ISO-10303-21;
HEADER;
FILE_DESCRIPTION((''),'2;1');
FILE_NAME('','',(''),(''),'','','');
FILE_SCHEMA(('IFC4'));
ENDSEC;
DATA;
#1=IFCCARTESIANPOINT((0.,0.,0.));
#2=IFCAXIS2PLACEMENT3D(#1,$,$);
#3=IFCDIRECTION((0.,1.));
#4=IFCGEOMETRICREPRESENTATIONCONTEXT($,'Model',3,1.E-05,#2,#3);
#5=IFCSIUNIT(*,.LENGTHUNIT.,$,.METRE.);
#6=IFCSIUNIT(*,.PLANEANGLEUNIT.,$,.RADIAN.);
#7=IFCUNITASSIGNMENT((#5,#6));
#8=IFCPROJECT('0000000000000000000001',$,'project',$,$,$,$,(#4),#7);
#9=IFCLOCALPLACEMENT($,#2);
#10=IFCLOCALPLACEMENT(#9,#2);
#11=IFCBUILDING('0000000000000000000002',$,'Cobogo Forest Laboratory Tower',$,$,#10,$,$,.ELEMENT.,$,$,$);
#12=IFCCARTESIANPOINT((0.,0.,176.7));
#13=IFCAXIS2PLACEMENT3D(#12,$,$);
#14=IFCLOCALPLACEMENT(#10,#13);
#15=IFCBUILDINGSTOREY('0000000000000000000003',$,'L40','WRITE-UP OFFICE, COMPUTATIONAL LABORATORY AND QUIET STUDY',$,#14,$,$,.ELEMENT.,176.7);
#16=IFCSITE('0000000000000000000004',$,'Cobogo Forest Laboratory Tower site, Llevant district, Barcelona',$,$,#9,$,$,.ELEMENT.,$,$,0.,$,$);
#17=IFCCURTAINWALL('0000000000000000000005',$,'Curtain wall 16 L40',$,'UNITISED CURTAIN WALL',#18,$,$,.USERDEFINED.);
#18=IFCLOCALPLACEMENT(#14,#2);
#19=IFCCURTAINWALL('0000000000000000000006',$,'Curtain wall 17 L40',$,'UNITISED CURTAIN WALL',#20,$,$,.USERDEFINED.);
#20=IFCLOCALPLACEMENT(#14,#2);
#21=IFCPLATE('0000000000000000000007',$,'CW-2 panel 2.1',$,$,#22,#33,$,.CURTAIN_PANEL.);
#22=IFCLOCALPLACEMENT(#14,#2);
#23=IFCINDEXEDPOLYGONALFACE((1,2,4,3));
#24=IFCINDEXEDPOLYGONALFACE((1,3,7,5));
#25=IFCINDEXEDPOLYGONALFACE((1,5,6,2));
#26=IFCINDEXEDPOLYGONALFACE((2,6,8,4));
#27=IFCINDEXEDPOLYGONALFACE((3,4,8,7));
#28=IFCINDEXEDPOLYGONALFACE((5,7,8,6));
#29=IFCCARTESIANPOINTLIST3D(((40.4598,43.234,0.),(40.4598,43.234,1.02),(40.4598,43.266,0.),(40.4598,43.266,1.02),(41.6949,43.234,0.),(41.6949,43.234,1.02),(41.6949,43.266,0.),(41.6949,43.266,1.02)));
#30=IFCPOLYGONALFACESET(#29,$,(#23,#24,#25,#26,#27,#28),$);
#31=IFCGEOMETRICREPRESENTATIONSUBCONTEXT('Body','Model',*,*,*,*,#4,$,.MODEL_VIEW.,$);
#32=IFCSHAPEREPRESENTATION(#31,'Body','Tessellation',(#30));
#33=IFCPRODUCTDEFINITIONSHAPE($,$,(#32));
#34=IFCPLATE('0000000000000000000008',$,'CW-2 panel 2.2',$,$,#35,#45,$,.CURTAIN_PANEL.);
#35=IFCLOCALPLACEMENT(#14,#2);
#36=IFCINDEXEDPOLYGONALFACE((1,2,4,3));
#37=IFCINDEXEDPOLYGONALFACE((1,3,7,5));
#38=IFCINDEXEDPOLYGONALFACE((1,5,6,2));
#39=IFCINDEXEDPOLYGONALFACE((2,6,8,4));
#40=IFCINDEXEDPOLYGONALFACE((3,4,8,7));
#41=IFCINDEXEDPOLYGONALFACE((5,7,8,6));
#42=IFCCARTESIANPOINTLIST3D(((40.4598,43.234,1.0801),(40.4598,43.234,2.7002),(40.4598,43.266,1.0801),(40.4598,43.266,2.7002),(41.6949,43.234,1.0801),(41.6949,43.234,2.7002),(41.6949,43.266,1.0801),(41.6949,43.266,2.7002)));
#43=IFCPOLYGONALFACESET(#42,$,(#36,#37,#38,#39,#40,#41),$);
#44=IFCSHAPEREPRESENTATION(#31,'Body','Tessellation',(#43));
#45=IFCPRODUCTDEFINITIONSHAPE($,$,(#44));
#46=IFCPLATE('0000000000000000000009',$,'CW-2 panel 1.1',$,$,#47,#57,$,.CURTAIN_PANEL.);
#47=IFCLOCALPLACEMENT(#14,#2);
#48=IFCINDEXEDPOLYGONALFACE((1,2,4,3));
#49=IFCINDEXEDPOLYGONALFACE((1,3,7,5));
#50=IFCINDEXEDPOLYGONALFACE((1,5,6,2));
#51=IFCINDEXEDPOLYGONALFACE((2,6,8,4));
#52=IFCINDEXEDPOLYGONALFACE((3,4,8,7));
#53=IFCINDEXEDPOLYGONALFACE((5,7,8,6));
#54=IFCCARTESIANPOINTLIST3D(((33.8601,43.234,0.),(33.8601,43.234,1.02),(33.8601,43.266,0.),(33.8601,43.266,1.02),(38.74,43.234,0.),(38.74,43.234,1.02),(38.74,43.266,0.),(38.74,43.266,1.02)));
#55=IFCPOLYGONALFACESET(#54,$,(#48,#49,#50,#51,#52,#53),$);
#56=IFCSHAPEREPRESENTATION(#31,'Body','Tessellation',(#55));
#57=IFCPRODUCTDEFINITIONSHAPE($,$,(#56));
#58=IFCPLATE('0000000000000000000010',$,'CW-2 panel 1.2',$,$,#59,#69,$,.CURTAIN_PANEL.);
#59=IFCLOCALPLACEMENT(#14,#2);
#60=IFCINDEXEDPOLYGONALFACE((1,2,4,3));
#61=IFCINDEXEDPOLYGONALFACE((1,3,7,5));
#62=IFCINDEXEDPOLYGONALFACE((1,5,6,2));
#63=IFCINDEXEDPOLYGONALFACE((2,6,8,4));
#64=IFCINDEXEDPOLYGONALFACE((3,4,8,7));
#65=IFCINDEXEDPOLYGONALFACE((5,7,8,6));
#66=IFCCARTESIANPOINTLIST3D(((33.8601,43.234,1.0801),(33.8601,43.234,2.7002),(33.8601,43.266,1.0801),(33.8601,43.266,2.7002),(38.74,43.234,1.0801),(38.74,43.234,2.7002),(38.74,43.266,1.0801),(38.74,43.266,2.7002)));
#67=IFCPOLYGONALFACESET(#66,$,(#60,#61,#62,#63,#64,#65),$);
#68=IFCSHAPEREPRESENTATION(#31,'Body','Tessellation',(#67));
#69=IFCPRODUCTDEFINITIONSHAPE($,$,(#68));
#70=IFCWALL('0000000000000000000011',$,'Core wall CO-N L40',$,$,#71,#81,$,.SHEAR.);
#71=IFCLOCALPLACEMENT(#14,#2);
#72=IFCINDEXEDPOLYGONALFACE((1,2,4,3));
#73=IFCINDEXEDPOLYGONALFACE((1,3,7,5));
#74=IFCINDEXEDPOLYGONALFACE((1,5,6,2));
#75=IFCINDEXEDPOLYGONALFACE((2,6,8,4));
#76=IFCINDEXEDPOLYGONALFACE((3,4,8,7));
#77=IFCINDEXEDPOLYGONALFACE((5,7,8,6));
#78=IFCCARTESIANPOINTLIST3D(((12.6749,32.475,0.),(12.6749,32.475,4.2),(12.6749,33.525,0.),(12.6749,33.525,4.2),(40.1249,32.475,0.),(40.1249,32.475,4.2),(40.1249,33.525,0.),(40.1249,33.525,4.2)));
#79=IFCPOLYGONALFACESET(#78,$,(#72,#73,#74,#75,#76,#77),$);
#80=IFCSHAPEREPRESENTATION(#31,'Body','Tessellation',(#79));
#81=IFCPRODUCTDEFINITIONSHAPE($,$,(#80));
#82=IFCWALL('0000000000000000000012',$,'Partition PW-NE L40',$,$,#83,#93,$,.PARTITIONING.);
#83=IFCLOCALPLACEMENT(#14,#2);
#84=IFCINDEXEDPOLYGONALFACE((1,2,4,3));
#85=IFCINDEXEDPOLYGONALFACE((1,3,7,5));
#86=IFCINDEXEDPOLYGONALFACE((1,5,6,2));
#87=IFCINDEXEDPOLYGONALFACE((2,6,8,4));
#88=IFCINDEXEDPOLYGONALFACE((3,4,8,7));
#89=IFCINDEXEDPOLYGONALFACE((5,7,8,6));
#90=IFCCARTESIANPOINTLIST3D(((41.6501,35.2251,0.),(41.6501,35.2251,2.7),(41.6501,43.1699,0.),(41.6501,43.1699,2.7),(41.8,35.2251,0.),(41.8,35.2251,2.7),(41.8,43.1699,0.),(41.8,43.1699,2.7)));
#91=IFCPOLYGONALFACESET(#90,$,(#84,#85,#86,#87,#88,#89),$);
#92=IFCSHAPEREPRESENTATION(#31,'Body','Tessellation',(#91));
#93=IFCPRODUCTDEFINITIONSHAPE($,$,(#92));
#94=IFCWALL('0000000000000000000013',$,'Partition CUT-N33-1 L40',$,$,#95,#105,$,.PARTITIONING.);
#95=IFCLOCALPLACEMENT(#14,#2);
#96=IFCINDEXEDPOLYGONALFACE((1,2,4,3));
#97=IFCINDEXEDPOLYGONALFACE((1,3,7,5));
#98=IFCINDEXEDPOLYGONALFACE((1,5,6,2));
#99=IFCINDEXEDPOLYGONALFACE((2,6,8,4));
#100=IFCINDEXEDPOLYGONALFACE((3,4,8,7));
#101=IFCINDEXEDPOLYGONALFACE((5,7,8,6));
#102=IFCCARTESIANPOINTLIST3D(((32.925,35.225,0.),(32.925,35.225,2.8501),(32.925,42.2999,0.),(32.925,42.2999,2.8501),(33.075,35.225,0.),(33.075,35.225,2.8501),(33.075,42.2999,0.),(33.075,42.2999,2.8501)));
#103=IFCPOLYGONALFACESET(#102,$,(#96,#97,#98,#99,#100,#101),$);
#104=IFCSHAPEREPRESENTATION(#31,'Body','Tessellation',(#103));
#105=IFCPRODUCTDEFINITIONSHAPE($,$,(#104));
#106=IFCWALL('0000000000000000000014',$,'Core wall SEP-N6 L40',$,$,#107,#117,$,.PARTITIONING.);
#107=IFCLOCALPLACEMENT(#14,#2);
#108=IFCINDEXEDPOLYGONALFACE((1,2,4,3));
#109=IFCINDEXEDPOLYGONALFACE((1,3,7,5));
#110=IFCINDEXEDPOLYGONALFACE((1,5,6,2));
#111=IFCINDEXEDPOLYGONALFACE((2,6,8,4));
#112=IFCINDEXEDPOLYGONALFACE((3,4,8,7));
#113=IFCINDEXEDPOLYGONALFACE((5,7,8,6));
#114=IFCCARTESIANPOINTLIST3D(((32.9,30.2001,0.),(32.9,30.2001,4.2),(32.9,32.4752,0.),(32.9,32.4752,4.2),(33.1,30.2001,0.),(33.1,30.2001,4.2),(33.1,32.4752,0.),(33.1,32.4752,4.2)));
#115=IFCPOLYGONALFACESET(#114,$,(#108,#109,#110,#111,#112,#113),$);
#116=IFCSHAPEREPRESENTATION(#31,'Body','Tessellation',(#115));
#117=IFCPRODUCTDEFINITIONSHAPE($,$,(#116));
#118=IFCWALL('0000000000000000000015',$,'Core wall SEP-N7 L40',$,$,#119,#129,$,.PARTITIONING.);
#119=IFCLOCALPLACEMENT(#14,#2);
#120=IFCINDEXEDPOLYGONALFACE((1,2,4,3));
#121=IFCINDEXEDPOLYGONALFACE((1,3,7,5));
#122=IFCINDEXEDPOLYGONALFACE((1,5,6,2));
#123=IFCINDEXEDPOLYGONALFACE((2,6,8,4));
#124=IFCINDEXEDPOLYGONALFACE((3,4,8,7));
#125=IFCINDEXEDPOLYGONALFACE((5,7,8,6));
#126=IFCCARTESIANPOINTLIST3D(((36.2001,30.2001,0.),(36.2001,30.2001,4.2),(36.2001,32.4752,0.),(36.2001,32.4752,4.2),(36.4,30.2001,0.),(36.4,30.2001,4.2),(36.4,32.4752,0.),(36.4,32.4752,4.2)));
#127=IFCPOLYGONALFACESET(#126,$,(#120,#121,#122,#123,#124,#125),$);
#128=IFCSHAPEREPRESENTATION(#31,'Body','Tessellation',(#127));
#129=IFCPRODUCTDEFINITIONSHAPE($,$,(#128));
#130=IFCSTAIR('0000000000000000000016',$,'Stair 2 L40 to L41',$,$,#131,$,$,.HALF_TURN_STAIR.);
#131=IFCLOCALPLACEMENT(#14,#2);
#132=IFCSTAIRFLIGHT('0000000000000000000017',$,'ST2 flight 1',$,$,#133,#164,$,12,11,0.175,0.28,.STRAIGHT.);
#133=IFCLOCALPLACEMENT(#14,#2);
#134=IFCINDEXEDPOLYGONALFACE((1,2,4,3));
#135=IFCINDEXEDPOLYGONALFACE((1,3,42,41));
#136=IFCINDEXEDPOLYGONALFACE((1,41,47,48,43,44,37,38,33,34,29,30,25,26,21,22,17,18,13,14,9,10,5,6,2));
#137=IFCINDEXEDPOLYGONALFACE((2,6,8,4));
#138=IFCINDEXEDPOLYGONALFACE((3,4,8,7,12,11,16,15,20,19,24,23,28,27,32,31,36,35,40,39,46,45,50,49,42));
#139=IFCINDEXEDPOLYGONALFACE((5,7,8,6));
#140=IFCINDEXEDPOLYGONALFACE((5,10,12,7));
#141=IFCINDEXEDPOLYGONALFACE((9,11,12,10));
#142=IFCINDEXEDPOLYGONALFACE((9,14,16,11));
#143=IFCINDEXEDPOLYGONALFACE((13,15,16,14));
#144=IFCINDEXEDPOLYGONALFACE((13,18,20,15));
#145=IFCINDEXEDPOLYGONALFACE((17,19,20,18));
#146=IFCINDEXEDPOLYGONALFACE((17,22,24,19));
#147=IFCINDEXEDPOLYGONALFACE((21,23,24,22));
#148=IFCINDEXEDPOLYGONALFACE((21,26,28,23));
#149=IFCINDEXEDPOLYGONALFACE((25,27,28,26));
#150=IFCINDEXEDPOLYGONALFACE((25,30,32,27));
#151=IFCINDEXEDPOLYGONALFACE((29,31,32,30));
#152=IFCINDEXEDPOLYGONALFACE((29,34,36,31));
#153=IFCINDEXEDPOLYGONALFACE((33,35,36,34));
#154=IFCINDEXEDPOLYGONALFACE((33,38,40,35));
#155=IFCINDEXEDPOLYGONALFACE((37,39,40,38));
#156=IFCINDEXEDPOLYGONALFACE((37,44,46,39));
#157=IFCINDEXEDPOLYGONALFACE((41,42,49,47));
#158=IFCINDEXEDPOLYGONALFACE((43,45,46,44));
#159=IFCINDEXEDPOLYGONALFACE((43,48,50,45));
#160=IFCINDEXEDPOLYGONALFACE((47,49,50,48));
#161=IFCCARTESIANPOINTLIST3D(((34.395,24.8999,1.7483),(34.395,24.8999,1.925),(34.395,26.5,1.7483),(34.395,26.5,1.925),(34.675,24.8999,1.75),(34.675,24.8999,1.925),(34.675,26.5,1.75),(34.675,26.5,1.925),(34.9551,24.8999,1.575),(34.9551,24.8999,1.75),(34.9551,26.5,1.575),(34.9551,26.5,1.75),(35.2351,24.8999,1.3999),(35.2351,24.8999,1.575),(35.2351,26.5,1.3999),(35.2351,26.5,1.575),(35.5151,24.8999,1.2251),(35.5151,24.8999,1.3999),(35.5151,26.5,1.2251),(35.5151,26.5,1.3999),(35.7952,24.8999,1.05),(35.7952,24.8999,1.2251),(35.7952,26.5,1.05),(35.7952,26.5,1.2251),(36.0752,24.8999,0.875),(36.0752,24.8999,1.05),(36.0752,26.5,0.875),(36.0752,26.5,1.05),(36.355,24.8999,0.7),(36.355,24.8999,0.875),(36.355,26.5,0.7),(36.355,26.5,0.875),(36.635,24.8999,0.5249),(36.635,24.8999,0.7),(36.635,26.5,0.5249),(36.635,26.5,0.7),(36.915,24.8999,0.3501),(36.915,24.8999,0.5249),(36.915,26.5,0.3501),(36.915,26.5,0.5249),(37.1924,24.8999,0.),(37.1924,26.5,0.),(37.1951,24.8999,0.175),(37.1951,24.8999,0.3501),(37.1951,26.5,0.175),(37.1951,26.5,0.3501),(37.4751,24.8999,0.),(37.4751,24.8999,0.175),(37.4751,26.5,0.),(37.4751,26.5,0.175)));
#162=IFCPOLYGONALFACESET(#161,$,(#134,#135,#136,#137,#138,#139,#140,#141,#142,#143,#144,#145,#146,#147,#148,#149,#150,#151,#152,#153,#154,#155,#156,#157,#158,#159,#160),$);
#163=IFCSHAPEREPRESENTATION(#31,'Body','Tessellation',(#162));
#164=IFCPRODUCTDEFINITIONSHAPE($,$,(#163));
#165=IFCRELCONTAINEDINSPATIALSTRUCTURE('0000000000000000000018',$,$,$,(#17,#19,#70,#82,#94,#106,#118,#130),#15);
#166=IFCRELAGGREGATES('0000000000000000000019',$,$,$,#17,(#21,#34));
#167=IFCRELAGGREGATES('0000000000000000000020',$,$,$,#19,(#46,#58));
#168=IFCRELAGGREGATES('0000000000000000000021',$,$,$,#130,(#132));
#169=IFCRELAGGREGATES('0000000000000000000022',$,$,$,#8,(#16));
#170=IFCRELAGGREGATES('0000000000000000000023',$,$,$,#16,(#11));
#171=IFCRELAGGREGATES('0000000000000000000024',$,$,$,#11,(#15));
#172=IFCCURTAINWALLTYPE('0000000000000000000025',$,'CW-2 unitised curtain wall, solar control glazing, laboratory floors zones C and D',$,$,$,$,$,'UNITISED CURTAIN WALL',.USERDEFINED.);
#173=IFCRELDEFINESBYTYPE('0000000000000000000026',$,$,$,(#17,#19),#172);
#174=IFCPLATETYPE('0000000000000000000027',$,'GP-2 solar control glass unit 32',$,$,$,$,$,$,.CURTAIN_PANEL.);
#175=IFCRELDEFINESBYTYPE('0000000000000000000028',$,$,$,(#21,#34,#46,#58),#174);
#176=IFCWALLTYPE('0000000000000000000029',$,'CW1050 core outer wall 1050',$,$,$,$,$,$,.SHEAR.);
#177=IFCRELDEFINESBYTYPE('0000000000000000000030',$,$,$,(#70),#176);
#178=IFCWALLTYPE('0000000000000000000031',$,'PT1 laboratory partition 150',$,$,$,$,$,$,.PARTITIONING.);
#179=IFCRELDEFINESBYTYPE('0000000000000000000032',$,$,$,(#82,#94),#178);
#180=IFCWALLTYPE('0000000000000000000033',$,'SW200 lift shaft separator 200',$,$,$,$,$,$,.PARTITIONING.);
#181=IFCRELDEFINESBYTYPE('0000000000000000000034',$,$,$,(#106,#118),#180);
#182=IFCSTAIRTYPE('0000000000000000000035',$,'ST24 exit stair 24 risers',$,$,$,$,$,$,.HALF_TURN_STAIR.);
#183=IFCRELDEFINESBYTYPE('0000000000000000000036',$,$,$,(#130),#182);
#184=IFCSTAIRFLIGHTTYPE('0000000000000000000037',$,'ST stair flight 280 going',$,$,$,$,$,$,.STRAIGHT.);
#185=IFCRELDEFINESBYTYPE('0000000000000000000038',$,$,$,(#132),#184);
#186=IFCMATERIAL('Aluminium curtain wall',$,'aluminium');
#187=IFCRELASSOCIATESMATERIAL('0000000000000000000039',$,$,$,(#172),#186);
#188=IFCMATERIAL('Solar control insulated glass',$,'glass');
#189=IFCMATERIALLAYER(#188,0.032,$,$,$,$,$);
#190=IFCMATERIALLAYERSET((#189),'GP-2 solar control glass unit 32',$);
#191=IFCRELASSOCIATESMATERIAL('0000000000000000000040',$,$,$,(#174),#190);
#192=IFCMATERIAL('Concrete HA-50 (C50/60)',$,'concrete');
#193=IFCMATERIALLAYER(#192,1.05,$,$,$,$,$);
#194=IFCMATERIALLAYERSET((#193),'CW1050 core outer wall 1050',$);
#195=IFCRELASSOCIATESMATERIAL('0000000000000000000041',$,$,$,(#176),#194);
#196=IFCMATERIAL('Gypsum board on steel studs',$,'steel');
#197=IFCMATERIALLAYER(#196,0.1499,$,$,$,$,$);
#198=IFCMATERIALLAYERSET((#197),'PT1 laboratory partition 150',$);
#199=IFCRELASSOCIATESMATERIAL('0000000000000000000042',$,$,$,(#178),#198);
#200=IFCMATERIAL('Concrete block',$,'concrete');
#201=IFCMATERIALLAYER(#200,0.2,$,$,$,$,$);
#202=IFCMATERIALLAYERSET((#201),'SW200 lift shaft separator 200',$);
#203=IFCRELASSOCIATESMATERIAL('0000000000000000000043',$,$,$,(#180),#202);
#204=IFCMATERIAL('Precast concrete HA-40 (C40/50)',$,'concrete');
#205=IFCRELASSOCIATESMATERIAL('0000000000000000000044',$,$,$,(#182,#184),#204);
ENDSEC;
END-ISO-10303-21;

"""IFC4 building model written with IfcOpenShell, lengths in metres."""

from ifc_helpers import new_model, si_unit, direction, frame, frame_2d, origin, origin_2d, place, context, subcontext, project, spatial, polyline, rectangle, outline, extrude, material, layer, layer_set, type_object, element, aggregate, save


model = new_model("IFC4")

# Units and contexts
model_context = context("Model", 3, precision=1e-05, world=origin(), true_north=direction((0.0, 1.0)))
body_context = subcontext(model_context, "Body", "Model", "MODEL_VIEW")
ifc_project = project(units=[si_unit("LENGTHUNIT", "METRE"), si_unit("PLANEANGLEUNIT", "RADIAN")], contexts=[model_context])

# Site, building, storey
site_placement = place(None, origin())
site = spatial("IfcSite", under=ifc_project, at=site_placement, Name="Cobogo Forest Laboratory Tower site, Llevant district, Barcelona", CompositionType="ELEMENT", RefElevation=0.0)
building_placement = place(site_placement, origin())
building = spatial("IfcBuilding", under=site, at=building_placement, Name="Cobogo Forest Laboratory Tower", CompositionType="ELEMENT")
storey_placement = place(building_placement, frame((0.0, 0.0, 176.7)))
storey = spatial("IfcBuildingStorey", under=building, at=storey_placement, Name="L40", Description="WRITE-UP OFFICE, COMPUTATIONAL LABORATORY AND QUIET STUDY", CompositionType="ELEMENT", Elevation=176.7)

# Shared definitions
ifc_material_1 = material(Name="Concrete HA-50 (C50/60)", Category="concrete")

# Curtain wall
ifc_material_2 = material(Name="Aluminium curtain wall", Category="aluminium")
curtain_wall_type = type_object("IfcCurtainWallType", Name="CW-2 unitised curtain wall, solar control glazing, laboratory floors zones C and D", ElementType="UNITISED CURTAIN WALL", PredefinedType="USERDEFINED", material=ifc_material_2)
curtain_wall_1_placement = place(storey_placement, origin())
curtain_wall_1 = element("IfcCurtainWall", 1, at=curtain_wall_1_placement, inside=storey, type_object=curtain_wall_type, Name="Curtain wall 16 L40", ObjectType="UNITISED CURTAIN WALL", PredefinedType="USERDEFINED")

# Curtain wall
curtain_wall_2_placement = place(storey_placement, origin())
curtain_wall_2 = element("IfcCurtainWall", 2, at=curtain_wall_2_placement, inside=storey, type_object=curtain_wall_type, Name="Curtain wall 17 L40", ObjectType="UNITISED CURTAIN WALL", PredefinedType="USERDEFINED")

# Plates
ifc_material_3 = material(Name="Solar control insulated glass", Category="glass")
ifc_layer_1 = layer(ifc_material_3, 0.032)
ifc_layer_set_1 = layer_set([ifc_layer_1], Name="GP-2 solar control glass unit 32")
plate_type_1 = type_object("IfcPlateType", Name="GP-2 solar control glass unit 32", PredefinedType="CURTAIN_PANEL", material=ifc_layer_set_1)
plate_1_placement = place(storey_placement, frame((41.0774, 43.25, 0.0), z_axis=(0.0, 0.0, 1.0), x_axis=(-1.0, 0.0, 0.0)))
plate_1 = element("IfcPlate", 3, at=plate_1_placement, type_object=plate_type_1, Name="CW-2 panel 2.1", PredefinedType="CURTAIN_PANEL", context=body_context, shape_type="SweptSolid", body=[
    extrude(rectangle(XDim=1.2351, YDim=0.032, at=origin_2d()), origin(), (0.0, 0.0, 1.0), 1.02),
])
plate_2_placement = place(storey_placement, frame((41.0774, 43.25, 1.0801), z_axis=(0.0, 0.0, 1.0), x_axis=(-1.0, 0.0, 0.0)))
plate_2 = element("IfcPlate", 4, at=plate_2_placement, type_object=plate_type_1, Name="CW-2 panel 2.2", PredefinedType="CURTAIN_PANEL", context=body_context, shape_type="SweptSolid", body=[
    extrude(rectangle(XDim=1.2351, YDim=0.032, at=origin_2d()), origin(), (0.0, 0.0, 1.0), 1.6201),
])
aggregate(curtain_wall_1, [plate_1, plate_2])
plate_3_placement = place(storey_placement, frame((36.3, 43.25, 0.0), z_axis=(0.0, 0.0, 1.0), x_axis=(-1.0, 0.0, 0.0)))
plate_3 = element("IfcPlate", 5, at=plate_3_placement, type_object=plate_type_1, Name="CW-2 panel 1.1", PredefinedType="CURTAIN_PANEL", context=body_context, shape_type="SweptSolid", body=[
    extrude(rectangle(XDim=4.8799, YDim=0.032, at=origin_2d()), origin(), (0.0, 0.0, 1.0), 1.02),
])
plate_4_placement = place(storey_placement, frame((36.3, 43.25, 1.0801), z_axis=(0.0, 0.0, 1.0), x_axis=(-1.0, 0.0, 0.0)))
plate_4 = element("IfcPlate", 6, at=plate_4_placement, type_object=plate_type_1, Name="CW-2 panel 1.2", PredefinedType="CURTAIN_PANEL", context=body_context, shape_type="SweptSolid", body=[
    extrude(rectangle(XDim=4.8799, YDim=0.032, at=origin_2d()), origin(), (0.0, 0.0, 1.0), 1.6201),
])
aggregate(curtain_wall_2, [plate_3, plate_4])

# Walls
ifc_layer_2 = layer(ifc_material_1, 1.05)
ifc_layer_set_2 = layer_set([ifc_layer_2], Name="CW1050 core outer wall 1050")
wall_type_1 = type_object("IfcWallType", Name="CW1050 core outer wall 1050", PredefinedType="SHEAR", material=ifc_layer_set_2)
wall_1_placement = place(storey_placement, frame((40.125, 33.0, 0.0), z_axis=(0.0, 0.0, 1.0), x_axis=(-1.0, 0.0, 0.0)))
element("IfcWall", 7, at=wall_1_placement, inside=storey, type_object=wall_type_1, Name="Core wall CO-N L40", PredefinedType="SHEAR", context=body_context, shape_type="SweptSolid", body=[
    extrude(rectangle(XDim=27.45, YDim=1.05, at=frame_2d((13.7251, 0.0))), origin(), (0.0, 0.0, 1.0), 4.2),
])
ifc_material_4 = material(Name="Gypsum board on steel studs", Category="steel")
ifc_layer_3 = layer(ifc_material_4, 0.1499)
ifc_layer_set_3 = layer_set([ifc_layer_3], Name="PT1 laboratory partition 150")
wall_type_2 = type_object("IfcWallType", Name="PT1 laboratory partition 150", PredefinedType="PARTITIONING", material=ifc_layer_set_3)
wall_2_placement = place(storey_placement, frame((41.7251, 43.1699, 0.0), z_axis=(0.0, 0.0, 1.0), x_axis=(0.0, -1.0, 0.0)))
element("IfcWall", 8, at=wall_2_placement, inside=storey, type_object=wall_type_2, Name="Partition PW-NE L40", PredefinedType="PARTITIONING", context=body_context, shape_type="SweptSolid", body=[
    extrude(rectangle(XDim=7.9448, YDim=0.1499, at=frame_2d((3.9724, 0.0))), origin(), (0.0, 0.0, 1.0), 2.7),
])
wall_3_placement = place(storey_placement, frame((33.0, 42.3, 0.0), z_axis=(0.0, 0.0, 1.0), x_axis=(0.0, -1.0, 0.0)))
element("IfcWall", 9, at=wall_3_placement, inside=storey, type_object=wall_type_2, Name="Partition CUT-N33-1 L40", PredefinedType="PARTITIONING", context=body_context, shape_type="SweptSolid", body=[
    extrude(rectangle(XDim=7.075, YDim=0.1499, at=frame_2d((3.5376, 0.0))), origin(), (0.0, 0.0, 1.0), 2.8501),
])
ifc_material_5 = material(Name="Concrete block", Category="concrete")
ifc_layer_4 = layer(ifc_material_5, 0.2)
ifc_layer_set_4 = layer_set([ifc_layer_4], Name="SW200 lift shaft separator 200")
wall_type_3 = type_object("IfcWallType", Name="SW200 lift shaft separator 200", PredefinedType="PARTITIONING", material=ifc_layer_set_4)
for number, where, z_axis, x_axis, name in (
    (10, (33.0, 30.2, 0.0), (0.0, 0.0, 1.0), (0.0, 1.0, 0.0), "Core wall SEP-N6 L40"),
    (11, (36.3, 30.2, 0.0), (0.0, 0.0, 1.0), (0.0, 1.0, 0.0), "Core wall SEP-N7 L40"),
):
    element("IfcWall", number, at=place(storey_placement, frame(where, z_axis=z_axis, x_axis=x_axis)), inside=storey, type_object=wall_type_3, Name=name, PredefinedType="PARTITIONING", context=body_context, shape_type="SweptSolid", body=[
        extrude(rectangle(XDim=2.2751, YDim=0.2, at=frame_2d((1.1377, 0.0))), origin(), (0.0, 0.0, 1.0), 4.2),
    ])

# Stair, stair flight
ifc_material_6 = material(Name="Precast concrete HA-40 (C40/50)", Category="concrete")
stair_type = type_object("IfcStairType", Name="ST24 exit stair 24 risers", PredefinedType="HALF_TURN_STAIR", material=ifc_material_6)
stair_placement = place(storey_placement, origin())
stair = element("IfcStair", 12, at=stair_placement, inside=storey, type_object=stair_type, Name="Stair 2 L40 to L41", PredefinedType="HALF_TURN_STAIR")
stair_flight_type = type_object("IfcStairFlightType", Name="ST stair flight 280 going", PredefinedType="STRAIGHT", material=ifc_material_6)
stair_flight_1_placement = place(storey_placement, frame((37.4751, 25.7, 0.0), z_axis=(0.0, 0.0, 1.0), x_axis=(-1.0, 0.0, 0.0)))
stair_flight_1 = element("IfcStairFlight", 13, at=stair_flight_1_placement, type_object=stair_flight_type, Name="ST2 flight 1", NumberOfRisers=12, NumberOfTreads=11, PredefinedType="STRAIGHT", RiserHeight=0.175, TreadLength=0.28, context=body_context, shape_type="SweptSolid", body=[
    extrude(outline(polyline([(0.0, 0.0), (0.0, 0.175), (0.28, 0.175), (0.28, 0.3501), (0.5601, 0.3501), (0.5601, 0.5249), (0.8401, 0.5249), (0.8401, 0.7), (1.1201, 0.7), (1.1201, 0.875), (1.3999, 0.875), (1.3999, 1.05), (1.6799, 1.05), (1.6799, 1.2251), (1.96, 1.2251), (1.96, 1.3999), (2.24, 1.3999), (2.24, 1.575), (2.52, 1.575), (2.52, 1.75), (2.8, 1.75), (2.8, 1.925), (3.0801, 1.925), (3.0801, 2.1001), (3.0801, 1.7483), (0.2827, 0.0), (0.0, 0.0)])), frame((0.0, 0.8, 0.0), z_axis=(0.0, -1.0, 0.0), x_axis=(1.0, 0.0, 0.0)), (0.0, 0.0, 1.0), 1.6001),
])
aggregate(stair, [stair_flight_1])

save(model, "model.ifc")
